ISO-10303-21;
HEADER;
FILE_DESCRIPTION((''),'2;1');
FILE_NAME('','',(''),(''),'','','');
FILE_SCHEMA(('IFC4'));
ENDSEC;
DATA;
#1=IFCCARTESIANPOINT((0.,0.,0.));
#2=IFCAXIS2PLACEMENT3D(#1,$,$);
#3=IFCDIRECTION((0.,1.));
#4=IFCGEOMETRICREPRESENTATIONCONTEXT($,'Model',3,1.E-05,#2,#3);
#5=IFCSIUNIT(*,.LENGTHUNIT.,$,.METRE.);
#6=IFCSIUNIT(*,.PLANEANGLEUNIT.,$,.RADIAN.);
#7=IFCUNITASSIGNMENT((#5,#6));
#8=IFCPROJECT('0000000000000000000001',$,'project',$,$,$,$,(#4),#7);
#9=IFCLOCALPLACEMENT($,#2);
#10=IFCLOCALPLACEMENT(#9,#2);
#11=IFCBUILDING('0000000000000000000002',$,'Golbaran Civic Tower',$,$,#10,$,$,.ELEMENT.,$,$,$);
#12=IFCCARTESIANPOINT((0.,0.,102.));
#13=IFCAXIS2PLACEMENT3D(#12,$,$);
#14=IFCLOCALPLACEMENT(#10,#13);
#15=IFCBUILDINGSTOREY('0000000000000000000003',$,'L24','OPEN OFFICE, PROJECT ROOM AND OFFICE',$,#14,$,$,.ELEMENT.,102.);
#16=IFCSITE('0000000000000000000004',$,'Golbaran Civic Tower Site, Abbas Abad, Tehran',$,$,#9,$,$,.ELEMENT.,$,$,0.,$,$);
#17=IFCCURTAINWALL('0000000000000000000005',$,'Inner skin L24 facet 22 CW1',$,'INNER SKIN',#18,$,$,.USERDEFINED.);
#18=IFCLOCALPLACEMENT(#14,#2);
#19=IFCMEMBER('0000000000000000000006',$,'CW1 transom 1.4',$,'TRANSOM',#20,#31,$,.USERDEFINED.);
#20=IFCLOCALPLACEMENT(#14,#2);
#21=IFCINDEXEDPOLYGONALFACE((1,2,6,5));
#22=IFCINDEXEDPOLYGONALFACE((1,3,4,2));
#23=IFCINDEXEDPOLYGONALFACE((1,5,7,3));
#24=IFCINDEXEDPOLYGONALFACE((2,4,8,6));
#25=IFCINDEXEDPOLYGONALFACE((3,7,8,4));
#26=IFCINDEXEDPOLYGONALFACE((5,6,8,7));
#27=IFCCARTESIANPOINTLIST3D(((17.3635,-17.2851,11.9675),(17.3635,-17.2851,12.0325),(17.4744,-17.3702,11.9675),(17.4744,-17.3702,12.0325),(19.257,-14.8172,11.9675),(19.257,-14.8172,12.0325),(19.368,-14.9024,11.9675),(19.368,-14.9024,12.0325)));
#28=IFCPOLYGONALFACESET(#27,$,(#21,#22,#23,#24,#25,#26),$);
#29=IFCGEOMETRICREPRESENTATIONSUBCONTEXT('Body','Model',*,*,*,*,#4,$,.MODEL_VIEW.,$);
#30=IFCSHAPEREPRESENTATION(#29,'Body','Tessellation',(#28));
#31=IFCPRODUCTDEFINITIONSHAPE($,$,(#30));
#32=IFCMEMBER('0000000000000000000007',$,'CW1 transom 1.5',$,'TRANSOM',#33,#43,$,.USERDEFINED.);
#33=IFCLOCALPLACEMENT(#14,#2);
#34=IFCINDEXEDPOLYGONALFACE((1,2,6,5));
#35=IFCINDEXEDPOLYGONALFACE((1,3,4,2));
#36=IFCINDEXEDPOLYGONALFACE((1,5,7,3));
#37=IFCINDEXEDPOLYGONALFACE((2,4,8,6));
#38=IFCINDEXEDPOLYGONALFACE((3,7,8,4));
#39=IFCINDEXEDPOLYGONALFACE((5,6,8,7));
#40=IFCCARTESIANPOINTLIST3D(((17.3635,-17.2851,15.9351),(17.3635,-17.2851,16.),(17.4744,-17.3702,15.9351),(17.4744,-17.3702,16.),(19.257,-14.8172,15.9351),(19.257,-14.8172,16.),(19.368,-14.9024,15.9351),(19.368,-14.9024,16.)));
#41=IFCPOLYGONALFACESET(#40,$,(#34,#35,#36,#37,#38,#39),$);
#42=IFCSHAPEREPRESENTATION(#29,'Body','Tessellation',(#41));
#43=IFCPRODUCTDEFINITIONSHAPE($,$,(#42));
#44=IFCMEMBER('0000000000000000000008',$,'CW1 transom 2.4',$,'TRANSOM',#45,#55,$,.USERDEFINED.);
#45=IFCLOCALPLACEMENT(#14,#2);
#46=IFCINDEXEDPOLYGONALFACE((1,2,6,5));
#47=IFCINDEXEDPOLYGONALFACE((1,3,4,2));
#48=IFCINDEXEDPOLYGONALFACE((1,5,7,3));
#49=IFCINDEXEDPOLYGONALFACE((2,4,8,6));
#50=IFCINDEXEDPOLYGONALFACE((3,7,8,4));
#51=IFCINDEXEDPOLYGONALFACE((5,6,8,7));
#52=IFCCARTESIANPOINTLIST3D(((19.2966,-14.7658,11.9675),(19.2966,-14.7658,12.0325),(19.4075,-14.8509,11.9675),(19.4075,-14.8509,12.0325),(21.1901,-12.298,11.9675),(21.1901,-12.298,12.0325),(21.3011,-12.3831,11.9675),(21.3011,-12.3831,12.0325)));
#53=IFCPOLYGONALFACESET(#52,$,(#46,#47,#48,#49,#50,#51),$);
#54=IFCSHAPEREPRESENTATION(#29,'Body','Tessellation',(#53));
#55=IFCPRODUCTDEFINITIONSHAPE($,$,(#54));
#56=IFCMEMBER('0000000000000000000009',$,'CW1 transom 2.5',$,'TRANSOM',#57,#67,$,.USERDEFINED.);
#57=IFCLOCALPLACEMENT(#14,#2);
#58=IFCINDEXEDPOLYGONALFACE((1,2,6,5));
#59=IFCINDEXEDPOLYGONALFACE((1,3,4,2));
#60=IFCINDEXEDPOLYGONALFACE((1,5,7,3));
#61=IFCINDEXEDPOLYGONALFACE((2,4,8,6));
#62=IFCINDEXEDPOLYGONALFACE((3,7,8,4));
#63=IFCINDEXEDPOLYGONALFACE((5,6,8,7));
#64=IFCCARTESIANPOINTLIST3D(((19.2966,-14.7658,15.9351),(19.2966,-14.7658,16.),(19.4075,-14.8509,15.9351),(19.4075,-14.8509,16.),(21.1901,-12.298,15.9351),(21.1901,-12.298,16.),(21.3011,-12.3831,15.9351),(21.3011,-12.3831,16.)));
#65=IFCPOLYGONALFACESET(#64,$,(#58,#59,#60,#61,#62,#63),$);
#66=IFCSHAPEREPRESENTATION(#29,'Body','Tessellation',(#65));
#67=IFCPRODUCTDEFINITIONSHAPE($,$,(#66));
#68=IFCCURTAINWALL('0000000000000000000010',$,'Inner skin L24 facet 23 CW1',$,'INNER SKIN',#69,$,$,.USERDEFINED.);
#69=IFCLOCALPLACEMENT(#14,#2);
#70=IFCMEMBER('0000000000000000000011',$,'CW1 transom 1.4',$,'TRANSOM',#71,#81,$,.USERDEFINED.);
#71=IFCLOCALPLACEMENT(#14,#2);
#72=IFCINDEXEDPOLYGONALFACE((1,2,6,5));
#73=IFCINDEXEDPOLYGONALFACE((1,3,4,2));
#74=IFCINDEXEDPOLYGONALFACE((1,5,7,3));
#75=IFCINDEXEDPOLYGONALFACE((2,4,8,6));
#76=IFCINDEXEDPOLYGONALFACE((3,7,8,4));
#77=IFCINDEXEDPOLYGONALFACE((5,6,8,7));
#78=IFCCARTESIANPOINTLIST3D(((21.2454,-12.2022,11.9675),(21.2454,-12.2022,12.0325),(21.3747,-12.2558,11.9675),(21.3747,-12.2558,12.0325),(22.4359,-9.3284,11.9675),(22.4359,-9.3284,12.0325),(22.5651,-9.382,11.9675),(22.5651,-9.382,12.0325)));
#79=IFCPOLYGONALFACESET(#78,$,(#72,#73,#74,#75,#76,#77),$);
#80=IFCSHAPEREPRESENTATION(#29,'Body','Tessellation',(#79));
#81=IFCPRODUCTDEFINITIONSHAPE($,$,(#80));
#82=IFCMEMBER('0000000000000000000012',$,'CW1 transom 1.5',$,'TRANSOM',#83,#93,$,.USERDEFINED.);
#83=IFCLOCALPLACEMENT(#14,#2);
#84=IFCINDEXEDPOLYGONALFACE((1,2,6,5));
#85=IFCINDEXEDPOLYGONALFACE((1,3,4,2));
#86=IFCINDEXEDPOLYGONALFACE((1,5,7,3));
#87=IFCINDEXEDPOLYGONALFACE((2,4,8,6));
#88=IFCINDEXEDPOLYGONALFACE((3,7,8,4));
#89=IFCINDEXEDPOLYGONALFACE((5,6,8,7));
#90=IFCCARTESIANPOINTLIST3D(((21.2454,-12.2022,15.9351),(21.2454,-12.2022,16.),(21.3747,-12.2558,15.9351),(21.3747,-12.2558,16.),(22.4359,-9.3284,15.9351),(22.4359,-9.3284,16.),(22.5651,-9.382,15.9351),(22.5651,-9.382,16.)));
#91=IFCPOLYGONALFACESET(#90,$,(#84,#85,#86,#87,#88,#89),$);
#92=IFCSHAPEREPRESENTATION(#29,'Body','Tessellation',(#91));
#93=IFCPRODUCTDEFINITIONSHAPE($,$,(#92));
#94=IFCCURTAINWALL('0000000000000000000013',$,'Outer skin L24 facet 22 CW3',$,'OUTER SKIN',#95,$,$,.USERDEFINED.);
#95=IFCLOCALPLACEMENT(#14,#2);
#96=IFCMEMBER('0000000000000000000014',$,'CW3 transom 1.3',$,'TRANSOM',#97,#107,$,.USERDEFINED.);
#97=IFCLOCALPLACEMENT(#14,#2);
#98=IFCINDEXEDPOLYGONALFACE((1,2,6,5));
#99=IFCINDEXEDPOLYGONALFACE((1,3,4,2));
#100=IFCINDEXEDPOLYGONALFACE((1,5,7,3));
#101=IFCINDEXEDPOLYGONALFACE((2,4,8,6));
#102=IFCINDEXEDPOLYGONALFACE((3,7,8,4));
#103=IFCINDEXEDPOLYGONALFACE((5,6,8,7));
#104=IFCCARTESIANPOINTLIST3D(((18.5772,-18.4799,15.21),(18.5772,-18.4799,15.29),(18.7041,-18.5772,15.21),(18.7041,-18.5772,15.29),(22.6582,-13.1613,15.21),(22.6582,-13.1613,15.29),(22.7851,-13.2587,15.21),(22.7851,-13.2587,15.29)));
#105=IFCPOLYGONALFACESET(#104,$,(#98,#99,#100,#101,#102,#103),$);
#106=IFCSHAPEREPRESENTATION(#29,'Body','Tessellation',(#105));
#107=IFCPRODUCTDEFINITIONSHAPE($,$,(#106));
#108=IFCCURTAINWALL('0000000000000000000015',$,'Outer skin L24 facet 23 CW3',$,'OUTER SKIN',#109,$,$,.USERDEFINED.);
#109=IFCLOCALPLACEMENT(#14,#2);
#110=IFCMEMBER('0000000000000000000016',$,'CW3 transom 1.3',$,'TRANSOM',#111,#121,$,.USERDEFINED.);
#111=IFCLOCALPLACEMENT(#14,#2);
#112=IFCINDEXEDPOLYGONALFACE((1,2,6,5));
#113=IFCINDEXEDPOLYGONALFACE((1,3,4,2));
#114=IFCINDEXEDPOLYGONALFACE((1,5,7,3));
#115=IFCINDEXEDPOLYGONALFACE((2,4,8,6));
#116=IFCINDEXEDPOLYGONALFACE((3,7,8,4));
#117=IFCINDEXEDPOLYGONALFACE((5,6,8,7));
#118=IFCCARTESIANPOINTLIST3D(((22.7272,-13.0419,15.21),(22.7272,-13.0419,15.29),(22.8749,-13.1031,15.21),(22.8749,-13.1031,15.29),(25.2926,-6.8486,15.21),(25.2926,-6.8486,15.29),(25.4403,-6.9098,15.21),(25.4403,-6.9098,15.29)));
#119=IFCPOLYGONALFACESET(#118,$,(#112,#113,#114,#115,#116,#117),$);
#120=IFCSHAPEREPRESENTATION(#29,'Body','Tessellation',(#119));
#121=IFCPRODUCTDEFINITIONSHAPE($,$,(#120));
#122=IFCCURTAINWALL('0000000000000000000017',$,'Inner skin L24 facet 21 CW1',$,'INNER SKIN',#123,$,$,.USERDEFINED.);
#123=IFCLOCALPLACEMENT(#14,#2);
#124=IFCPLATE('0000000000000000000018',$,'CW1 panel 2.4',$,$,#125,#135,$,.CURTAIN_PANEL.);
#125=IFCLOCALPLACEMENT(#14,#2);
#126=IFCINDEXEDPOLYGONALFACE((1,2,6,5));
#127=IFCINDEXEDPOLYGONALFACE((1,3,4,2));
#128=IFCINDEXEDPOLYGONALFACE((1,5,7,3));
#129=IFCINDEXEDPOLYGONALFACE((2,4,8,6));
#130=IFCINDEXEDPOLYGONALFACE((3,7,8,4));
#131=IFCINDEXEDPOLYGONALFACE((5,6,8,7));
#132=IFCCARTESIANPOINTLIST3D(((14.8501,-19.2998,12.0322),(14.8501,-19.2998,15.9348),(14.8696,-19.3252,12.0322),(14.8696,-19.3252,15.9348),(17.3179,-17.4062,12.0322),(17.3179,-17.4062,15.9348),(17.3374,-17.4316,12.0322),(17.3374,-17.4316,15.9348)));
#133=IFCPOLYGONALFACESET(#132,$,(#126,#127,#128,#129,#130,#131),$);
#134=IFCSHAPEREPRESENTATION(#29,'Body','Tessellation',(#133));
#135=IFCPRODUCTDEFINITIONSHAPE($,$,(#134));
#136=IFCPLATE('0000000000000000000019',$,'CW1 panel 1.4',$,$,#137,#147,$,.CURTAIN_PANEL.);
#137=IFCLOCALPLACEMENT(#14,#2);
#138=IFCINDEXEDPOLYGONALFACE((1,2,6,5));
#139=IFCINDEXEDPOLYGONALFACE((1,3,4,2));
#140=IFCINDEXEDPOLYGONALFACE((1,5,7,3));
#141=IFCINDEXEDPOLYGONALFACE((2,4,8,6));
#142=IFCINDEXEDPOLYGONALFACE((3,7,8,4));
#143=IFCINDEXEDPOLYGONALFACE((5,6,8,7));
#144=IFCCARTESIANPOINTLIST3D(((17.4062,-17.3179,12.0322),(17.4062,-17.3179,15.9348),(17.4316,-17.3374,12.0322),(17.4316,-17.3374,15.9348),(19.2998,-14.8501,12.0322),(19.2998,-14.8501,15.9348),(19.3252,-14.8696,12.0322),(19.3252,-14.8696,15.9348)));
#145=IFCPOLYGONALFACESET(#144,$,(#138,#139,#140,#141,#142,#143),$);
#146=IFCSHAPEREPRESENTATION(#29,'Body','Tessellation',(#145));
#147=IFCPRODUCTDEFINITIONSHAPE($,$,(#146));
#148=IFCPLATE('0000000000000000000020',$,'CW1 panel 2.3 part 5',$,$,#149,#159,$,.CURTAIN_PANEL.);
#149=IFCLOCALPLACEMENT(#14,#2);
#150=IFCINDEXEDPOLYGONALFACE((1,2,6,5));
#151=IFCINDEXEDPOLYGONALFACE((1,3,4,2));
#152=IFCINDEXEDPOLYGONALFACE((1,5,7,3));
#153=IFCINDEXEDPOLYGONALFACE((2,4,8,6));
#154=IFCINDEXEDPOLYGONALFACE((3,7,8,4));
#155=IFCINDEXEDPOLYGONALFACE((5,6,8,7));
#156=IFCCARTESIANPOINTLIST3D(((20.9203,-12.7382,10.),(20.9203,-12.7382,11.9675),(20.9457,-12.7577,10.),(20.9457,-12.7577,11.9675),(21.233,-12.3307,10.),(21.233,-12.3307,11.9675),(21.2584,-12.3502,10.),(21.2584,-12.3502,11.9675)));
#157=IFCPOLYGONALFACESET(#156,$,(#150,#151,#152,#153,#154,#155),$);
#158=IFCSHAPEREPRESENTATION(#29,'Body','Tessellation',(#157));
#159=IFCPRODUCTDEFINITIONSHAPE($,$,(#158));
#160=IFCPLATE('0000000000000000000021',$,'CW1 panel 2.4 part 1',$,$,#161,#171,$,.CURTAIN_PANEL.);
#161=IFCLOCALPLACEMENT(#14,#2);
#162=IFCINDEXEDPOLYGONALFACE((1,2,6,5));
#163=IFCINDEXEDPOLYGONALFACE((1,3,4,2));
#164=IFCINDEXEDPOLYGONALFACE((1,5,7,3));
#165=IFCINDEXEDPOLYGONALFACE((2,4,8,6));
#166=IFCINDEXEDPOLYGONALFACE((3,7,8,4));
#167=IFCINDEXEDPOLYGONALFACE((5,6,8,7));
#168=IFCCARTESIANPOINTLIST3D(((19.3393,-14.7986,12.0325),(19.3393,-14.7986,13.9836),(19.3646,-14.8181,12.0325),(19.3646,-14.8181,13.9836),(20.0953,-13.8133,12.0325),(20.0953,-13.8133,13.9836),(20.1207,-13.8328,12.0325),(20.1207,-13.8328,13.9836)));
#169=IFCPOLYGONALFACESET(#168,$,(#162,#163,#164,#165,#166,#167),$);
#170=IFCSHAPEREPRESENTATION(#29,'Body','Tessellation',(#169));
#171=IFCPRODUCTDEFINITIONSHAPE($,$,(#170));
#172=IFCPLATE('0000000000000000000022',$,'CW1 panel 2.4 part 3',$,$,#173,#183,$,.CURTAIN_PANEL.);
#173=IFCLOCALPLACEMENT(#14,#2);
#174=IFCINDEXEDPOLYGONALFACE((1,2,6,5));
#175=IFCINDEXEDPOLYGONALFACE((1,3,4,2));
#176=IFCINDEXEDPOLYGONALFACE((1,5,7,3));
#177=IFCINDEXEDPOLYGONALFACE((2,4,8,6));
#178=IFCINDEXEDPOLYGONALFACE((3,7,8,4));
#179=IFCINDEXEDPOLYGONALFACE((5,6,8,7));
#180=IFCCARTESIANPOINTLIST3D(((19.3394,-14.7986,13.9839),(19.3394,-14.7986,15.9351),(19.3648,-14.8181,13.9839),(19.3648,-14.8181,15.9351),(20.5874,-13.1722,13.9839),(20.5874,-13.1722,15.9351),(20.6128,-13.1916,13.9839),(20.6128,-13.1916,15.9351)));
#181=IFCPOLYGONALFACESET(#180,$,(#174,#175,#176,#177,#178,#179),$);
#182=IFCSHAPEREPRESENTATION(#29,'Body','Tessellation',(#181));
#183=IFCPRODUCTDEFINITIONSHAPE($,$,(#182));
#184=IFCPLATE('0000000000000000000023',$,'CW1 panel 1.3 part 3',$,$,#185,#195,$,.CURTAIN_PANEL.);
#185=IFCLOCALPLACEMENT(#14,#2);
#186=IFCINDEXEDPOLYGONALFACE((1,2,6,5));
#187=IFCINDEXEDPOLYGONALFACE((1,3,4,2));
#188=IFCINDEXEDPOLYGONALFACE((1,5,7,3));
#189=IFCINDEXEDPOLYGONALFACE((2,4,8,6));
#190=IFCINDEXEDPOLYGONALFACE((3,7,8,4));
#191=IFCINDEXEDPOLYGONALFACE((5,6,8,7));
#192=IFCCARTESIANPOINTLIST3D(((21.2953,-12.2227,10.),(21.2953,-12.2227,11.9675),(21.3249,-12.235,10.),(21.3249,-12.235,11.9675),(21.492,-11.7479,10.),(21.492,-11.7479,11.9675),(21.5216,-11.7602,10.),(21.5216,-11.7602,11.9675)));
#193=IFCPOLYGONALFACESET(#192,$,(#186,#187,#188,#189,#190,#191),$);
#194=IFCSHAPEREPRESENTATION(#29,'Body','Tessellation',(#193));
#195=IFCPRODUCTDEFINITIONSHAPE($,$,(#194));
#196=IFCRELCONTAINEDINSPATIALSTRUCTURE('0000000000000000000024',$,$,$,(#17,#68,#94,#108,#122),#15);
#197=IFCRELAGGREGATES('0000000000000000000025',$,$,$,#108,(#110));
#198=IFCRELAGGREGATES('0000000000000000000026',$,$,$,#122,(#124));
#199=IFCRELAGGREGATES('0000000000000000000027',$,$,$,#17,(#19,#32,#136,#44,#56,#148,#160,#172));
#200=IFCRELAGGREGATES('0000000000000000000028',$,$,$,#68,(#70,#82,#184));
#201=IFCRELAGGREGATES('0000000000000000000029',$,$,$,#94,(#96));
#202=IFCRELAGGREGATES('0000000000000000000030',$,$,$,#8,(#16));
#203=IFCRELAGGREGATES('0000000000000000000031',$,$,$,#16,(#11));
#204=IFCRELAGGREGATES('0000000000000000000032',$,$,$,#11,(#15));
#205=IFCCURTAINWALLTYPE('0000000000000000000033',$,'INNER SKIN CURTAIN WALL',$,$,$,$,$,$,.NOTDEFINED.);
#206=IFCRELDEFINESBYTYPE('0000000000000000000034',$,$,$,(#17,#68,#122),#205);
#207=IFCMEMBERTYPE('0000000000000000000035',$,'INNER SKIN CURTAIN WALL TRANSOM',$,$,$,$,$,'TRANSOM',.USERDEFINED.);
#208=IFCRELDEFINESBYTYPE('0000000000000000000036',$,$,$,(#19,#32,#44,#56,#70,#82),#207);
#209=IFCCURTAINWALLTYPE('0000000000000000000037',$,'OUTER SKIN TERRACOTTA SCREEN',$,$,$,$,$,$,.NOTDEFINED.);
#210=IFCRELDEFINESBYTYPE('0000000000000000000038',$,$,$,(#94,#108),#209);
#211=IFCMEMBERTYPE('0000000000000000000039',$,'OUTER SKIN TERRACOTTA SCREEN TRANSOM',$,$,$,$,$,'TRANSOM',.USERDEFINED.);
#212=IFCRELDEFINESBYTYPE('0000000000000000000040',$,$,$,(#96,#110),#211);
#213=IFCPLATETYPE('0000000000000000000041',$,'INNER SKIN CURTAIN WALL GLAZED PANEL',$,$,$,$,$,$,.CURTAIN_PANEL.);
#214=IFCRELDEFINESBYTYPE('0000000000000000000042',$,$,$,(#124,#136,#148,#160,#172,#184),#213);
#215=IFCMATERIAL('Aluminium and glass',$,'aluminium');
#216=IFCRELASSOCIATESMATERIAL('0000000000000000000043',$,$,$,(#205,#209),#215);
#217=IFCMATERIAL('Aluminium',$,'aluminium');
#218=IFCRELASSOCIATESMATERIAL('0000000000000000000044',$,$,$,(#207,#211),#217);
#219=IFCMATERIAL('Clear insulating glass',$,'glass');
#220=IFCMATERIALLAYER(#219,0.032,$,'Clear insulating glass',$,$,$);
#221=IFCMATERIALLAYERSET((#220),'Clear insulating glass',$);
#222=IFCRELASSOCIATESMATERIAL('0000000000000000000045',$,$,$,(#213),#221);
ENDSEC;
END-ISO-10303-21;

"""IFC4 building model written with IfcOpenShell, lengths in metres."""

from ifc_helpers import new_model, si_unit, direction, frame, origin, origin_2d, place, context, subcontext, project, spatial, rectangle, extrude, material, layer, layer_set, material_profile, profile_set, type_object, element, aggregate, save


model = new_model("IFC4")

# Units and contexts
model_context = context("Model", 3, precision=1e-05, world=origin(), true_north=direction((0.0, 1.0)))
body_context = subcontext(model_context, "Body", "Model", "MODEL_VIEW")
ifc_project = project(units=[si_unit("LENGTHUNIT", "METRE"), si_unit("PLANEANGLEUNIT", "RADIAN")], contexts=[model_context])

# Site, building, storey
site_placement = place(None, origin())
site = spatial("IfcSite", under=ifc_project, at=site_placement, Name="Golbaran Civic Tower Site, Abbas Abad, Tehran", CompositionType="ELEMENT", RefElevation=0.0)
building_placement = place(site_placement, origin())
building = spatial("IfcBuilding", under=site, at=building_placement, Name="Golbaran Civic Tower", CompositionType="ELEMENT")
storey_placement = place(building_placement, frame((0.0, 0.0, 102.0)))
storey = spatial("IfcBuildingStorey", under=building, at=storey_placement, Name="L24", Description="OPEN OFFICE, PROJECT ROOM AND OFFICE", CompositionType="ELEMENT", Elevation=102.0)

# Curtain walls, members
ifc_material_1 = material(Name="Aluminium and glass", Category="aluminium")
curtain_wall_type_1 = type_object("IfcCurtainWallType", Name="INNER SKIN CURTAIN WALL", PredefinedType="NOTDEFINED", material=ifc_material_1)
curtain_wall_1_placement = place(storey_placement, origin())
curtain_wall_1 = element("IfcCurtainWall", 1, at=curtain_wall_1_placement, inside=storey, type_object=curtain_wall_type_1, Name="Inner skin L24 facet 22 CW1", ObjectType="INNER SKIN", PredefinedType="USERDEFINED")
ifc_material_2 = material(Name="Aluminium", Category="aluminium")
ifc_material_profile_1 = material_profile(ifc_material_2, rectangle(XDim=0.1399, YDim=0.0649, at=origin_2d()), Name="INNER SKIN CURTAIN WALL TRANSOM")
ifc_profile_set_1 = profile_set([ifc_material_profile_1], Name="Aluminium")
member_type_1 = type_object("IfcMemberType", Name="INNER SKIN CURTAIN WALL TRANSOM", ElementType="TRANSOM", PredefinedType="USERDEFINED", material=ifc_profile_set_1)
member_1_placement = place(storey_placement, frame((17.4189, -17.3276, 12.0), z_axis=(0.608754, 0.793359, 0.0), x_axis=(-0.793359, 0.608754, 0.0)))
member_1 = element("IfcMember", 2, at=member_1_placement, type_object=member_type_1, Name="CW1 transom 1.4", ObjectType="TRANSOM", PredefinedType="USERDEFINED", context=body_context, shape_type="SweptSolid", body=[
    extrude(rectangle(XDim=0.1399, YDim=0.0649, at=origin_2d()), origin(), (0.0, 0.0, 1.0), 3.1106),
])
member_2_placement = place(storey_placement, frame((17.4189, -17.3276, 15.9675), z_axis=(0.608754, 0.793359, 0.0), x_axis=(-0.793359, 0.608754, 0.0)))
member_2 = element("IfcMember", 3, at=member_2_placement, type_object=member_type_1, Name="CW1 transom 1.5", ObjectType="TRANSOM", PredefinedType="USERDEFINED", context=body_context, shape_type="SweptSolid", body=[
    extrude(rectangle(XDim=0.1399, YDim=0.0649, at=origin_2d()), origin(), (0.0, 0.0, 1.0), 3.1106),
])
member_3_placement = place(storey_placement, frame((19.3521, -14.8083, 12.0), z_axis=(0.608754, 0.793359, 0.0), x_axis=(-0.793359, 0.608754, 0.0)))
member_3 = element("IfcMember", 4, at=member_3_placement, type_object=member_type_1, Name="CW1 transom 2.4", ObjectType="TRANSOM", PredefinedType="USERDEFINED", context=body_context, shape_type="SweptSolid", body=[
    extrude(rectangle(XDim=0.1399, YDim=0.0649, at=origin_2d()), origin(), (0.0, 0.0, 1.0), 3.1106),
])
member_4_placement = place(storey_placement, frame((19.3521, -14.8083, 15.9675), z_axis=(0.608754, 0.793359, 0.0), x_axis=(-0.793359, 0.608754, 0.0)))
member_4 = element("IfcMember", 5, at=member_4_placement, type_object=member_type_1, Name="CW1 transom 2.5", ObjectType="TRANSOM", PredefinedType="USERDEFINED", context=body_context, shape_type="SweptSolid", body=[
    extrude(rectangle(XDim=0.1399, YDim=0.0649, at=origin_2d()), origin(), (0.0, 0.0, 1.0), 3.1106),
])
curtain_wall_2_placement = place(storey_placement, origin())
curtain_wall_2 = element("IfcCurtainWall", 6, at=curtain_wall_2_placement, inside=storey, type_object=curtain_wall_type_1, Name="Inner skin L24 facet 23 CW1", ObjectType="INNER SKIN", PredefinedType="USERDEFINED")
member_5_placement = place(storey_placement, frame((21.3101, -12.229, 12.0), z_axis=(0.382703, 0.923871, 0.0), x_axis=(-0.923871, 0.382703, 0.0)))
member_5 = element("IfcMember", 7, at=member_5_placement, type_object=member_type_1, Name="CW1 transom 1.4", ObjectType="TRANSOM", PredefinedType="USERDEFINED", context=body_context, shape_type="SweptSolid", body=[
    extrude(rectangle(XDim=0.1399, YDim=0.0649, at=origin_2d()), origin(), (0.0, 0.0, 1.0), 3.1106),
])
member_6_placement = place(storey_placement, frame((21.3101, -12.229, 15.9675), z_axis=(0.382703, 0.923871, 0.0), x_axis=(-0.923871, 0.382703, 0.0)))
member_6 = element("IfcMember", 8, at=member_6_placement, type_object=member_type_1, Name="CW1 transom 1.5", ObjectType="TRANSOM", PredefinedType="USERDEFINED", context=body_context, shape_type="SweptSolid", body=[
    extrude(rectangle(XDim=0.1399, YDim=0.0649, at=origin_2d()), origin(), (0.0, 0.0, 1.0), 3.1106),
])

# Curtain walls, members
curtain_wall_type_2 = type_object("IfcCurtainWallType", Name="OUTER SKIN TERRACOTTA SCREEN", PredefinedType="NOTDEFINED", material=ifc_material_1)
curtain_wall_3_placement = place(storey_placement, origin())
curtain_wall_3 = element("IfcCurtainWall", 9, at=curtain_wall_3_placement, inside=storey, type_object=curtain_wall_type_2, Name="Outer skin L24 facet 22 CW3", ObjectType="OUTER SKIN", PredefinedType="USERDEFINED")
ifc_material_profile_2 = material_profile(ifc_material_2, rectangle(XDim=0.1599, YDim=0.0801, at=origin_2d()), Name="OUTER SKIN TERRACOTTA SCREEN TRANSOM")
ifc_profile_set_2 = profile_set([ifc_material_profile_2], Name="Aluminium")
member_type_2 = type_object("IfcMemberType", Name="OUTER SKIN TERRACOTTA SCREEN TRANSOM", ElementType="TRANSOM", PredefinedType="USERDEFINED", material=ifc_profile_set_2)
member_7_placement = place(storey_placement, frame((18.6406, -18.5286, 15.25), z_axis=(0.608756, 0.793357, 0.0), x_axis=(-0.793357, 0.608756, 0.0)))
member_7 = element("IfcMember", 10, at=member_7_placement, type_object=member_type_2, Name="CW3 transom 1.3", ObjectType="TRANSOM", PredefinedType="USERDEFINED", context=body_context, shape_type="SweptSolid", body=[
    extrude(rectangle(XDim=0.1599, YDim=0.0801, at=origin_2d()), origin(), (0.0, 0.0, 1.0), 6.7039),
])
curtain_wall_4_placement = place(storey_placement, origin())
curtain_wall_4 = element("IfcCurtainWall", 11, at=curtain_wall_4_placement, inside=storey, type_object=curtain_wall_type_2, Name="Outer skin L24 facet 23 CW3", ObjectType="OUTER SKIN", PredefinedType="USERDEFINED")
member_8_placement = place(storey_placement, frame((22.801, -13.0725, 15.25), z_axis=(0.382691, 0.923877, 0.0), x_axis=(-0.923877, 0.382691, 0.0)))
member_8 = element("IfcMember", 12, at=member_8_placement, type_object=member_type_2, Name="CW3 transom 1.3", ObjectType="TRANSOM", PredefinedType="USERDEFINED", context=body_context, shape_type="SweptSolid", body=[
    extrude(rectangle(XDim=0.1599, YDim=0.0801, at=origin_2d()), origin(), (0.0, 0.0, 1.0), 6.7036),
])
aggregate(curtain_wall_4, [member_8])

# Curtain wall, plate
curtain_wall_5_placement = place(storey_placement, origin())
curtain_wall_5 = element("IfcCurtainWall", 13, at=curtain_wall_5_placement, inside=storey, type_object=curtain_wall_type_1, Name="Inner skin L24 facet 21 CW1", ObjectType="INNER SKIN", PredefinedType="USERDEFINED")
ifc_material_3 = material(Name="Clear insulating glass", Category="glass")
ifc_layer_1 = layer(ifc_material_3, 0.032, Name="Clear insulating glass")
ifc_layer_set_1 = layer_set([ifc_layer_1], Name="Clear insulating glass")
plate_type_1 = type_object("IfcPlateType", Name="INNER SKIN CURTAIN WALL GLAZED PANEL", PredefinedType="CURTAIN_PANEL", material=ifc_layer_set_1)
plate_1_placement = place(storey_placement, frame((16.0938, -18.3657, 12.0322), z_axis=(0.0, 0.0, 1.0), x_axis=(0.793353, 0.608761, 0.0)))
plate_1 = element("IfcPlate", 14, at=plate_1_placement, type_object=plate_type_1, Name="CW1 panel 2.4", PredefinedType="CURTAIN_PANEL", context=body_context, shape_type="SweptSolid", body=[
    extrude(rectangle(XDim=3.1106, YDim=0.032, at=origin_2d()), origin(), (0.0, 0.0, 1.0), 3.9026),
])
aggregate(curtain_wall_5, [plate_1])

# Plates
plate_2_placement = place(storey_placement, frame((18.3657, -16.0938, 12.0322), z_axis=(0.0, 0.0, 1.0), x_axis=(0.608761, 0.793353, 0.0)))
plate_2 = element("IfcPlate", 15, at=plate_2_placement, type_object=plate_type_1, Name="CW1 panel 1.4", PredefinedType="CURTAIN_PANEL", context=body_context, shape_type="SweptSolid", body=[
    extrude(rectangle(XDim=3.1106, YDim=0.032, at=origin_2d()), origin(), (0.0, 0.0, 1.0), 3.9026),
])
plate_3_placement = place(storey_placement, frame((21.0894, -12.5442, 10.0), z_axis=(0.0, 0.0, 1.0), x_axis=(0.608761, 0.793353, 0.0)))
plate_3 = element("IfcPlate", 16, at=plate_3_placement, type_object=plate_type_1, Name="CW1 panel 2.3 part 5", PredefinedType="CURTAIN_PANEL", context=body_context, shape_type="SweptSolid", body=[
    extrude(rectangle(XDim=0.5137, YDim=0.032, at=origin_2d()), origin(), (0.0, 0.0, 1.0), 1.9675),
])
plate_4_placement = place(storey_placement, frame((19.73, -14.3157, 12.0325), z_axis=(0.0, 0.0, 1.0), x_axis=(0.608761, 0.793353, 0.0)))
plate_4 = element("IfcPlate", 17, at=plate_4_placement, type_object=plate_type_1, Name="CW1 panel 2.4 part 1", PredefinedType="CURTAIN_PANEL", context=body_context, shape_type="SweptSolid", body=[
    extrude(rectangle(XDim=1.2419, YDim=0.032, at=origin_2d()), origin(), (0.0, 0.0, 1.0), 1.9512),
])
plate_5_placement = place(storey_placement, frame((19.9761, -13.9951, 13.9839), z_axis=(0.0, 0.0, 1.0), x_axis=(0.608761, 0.793353, 0.0)))
plate_5 = element("IfcPlate", 18, at=plate_5_placement, type_object=plate_type_1, Name="CW1 panel 2.4 part 3", PredefinedType="CURTAIN_PANEL", context=body_context, shape_type="SweptSolid", body=[
    extrude(rectangle(XDim=2.05, YDim=0.032, at=origin_2d()), origin(), (0.0, 0.0, 1.0), 1.9512),
])
plate_6_placement = place(storey_placement, frame((21.4084, -11.9915, 10.0), z_axis=(0.0, 0.0, 1.0), x_axis=(0.382683, 0.92388, 0.0)))
plate_6 = element("IfcPlate", 19, at=plate_6_placement, type_object=plate_type_1, Name="CW1 panel 1.3 part 3", PredefinedType="CURTAIN_PANEL", context=body_context, shape_type="SweptSolid", body=[
    extrude(rectangle(XDim=0.5139, YDim=0.032, at=origin_2d()), origin(), (0.0, 0.0, 1.0), 1.9675),
])
aggregate(curtain_wall_1, [member_1, member_2, plate_2, member_3, member_4, plate_3, plate_4, plate_5])
aggregate(curtain_wall_2, [member_5, member_6, plate_6])
aggregate(curtain_wall_3, [member_7])

save(model, "model.ifc")
